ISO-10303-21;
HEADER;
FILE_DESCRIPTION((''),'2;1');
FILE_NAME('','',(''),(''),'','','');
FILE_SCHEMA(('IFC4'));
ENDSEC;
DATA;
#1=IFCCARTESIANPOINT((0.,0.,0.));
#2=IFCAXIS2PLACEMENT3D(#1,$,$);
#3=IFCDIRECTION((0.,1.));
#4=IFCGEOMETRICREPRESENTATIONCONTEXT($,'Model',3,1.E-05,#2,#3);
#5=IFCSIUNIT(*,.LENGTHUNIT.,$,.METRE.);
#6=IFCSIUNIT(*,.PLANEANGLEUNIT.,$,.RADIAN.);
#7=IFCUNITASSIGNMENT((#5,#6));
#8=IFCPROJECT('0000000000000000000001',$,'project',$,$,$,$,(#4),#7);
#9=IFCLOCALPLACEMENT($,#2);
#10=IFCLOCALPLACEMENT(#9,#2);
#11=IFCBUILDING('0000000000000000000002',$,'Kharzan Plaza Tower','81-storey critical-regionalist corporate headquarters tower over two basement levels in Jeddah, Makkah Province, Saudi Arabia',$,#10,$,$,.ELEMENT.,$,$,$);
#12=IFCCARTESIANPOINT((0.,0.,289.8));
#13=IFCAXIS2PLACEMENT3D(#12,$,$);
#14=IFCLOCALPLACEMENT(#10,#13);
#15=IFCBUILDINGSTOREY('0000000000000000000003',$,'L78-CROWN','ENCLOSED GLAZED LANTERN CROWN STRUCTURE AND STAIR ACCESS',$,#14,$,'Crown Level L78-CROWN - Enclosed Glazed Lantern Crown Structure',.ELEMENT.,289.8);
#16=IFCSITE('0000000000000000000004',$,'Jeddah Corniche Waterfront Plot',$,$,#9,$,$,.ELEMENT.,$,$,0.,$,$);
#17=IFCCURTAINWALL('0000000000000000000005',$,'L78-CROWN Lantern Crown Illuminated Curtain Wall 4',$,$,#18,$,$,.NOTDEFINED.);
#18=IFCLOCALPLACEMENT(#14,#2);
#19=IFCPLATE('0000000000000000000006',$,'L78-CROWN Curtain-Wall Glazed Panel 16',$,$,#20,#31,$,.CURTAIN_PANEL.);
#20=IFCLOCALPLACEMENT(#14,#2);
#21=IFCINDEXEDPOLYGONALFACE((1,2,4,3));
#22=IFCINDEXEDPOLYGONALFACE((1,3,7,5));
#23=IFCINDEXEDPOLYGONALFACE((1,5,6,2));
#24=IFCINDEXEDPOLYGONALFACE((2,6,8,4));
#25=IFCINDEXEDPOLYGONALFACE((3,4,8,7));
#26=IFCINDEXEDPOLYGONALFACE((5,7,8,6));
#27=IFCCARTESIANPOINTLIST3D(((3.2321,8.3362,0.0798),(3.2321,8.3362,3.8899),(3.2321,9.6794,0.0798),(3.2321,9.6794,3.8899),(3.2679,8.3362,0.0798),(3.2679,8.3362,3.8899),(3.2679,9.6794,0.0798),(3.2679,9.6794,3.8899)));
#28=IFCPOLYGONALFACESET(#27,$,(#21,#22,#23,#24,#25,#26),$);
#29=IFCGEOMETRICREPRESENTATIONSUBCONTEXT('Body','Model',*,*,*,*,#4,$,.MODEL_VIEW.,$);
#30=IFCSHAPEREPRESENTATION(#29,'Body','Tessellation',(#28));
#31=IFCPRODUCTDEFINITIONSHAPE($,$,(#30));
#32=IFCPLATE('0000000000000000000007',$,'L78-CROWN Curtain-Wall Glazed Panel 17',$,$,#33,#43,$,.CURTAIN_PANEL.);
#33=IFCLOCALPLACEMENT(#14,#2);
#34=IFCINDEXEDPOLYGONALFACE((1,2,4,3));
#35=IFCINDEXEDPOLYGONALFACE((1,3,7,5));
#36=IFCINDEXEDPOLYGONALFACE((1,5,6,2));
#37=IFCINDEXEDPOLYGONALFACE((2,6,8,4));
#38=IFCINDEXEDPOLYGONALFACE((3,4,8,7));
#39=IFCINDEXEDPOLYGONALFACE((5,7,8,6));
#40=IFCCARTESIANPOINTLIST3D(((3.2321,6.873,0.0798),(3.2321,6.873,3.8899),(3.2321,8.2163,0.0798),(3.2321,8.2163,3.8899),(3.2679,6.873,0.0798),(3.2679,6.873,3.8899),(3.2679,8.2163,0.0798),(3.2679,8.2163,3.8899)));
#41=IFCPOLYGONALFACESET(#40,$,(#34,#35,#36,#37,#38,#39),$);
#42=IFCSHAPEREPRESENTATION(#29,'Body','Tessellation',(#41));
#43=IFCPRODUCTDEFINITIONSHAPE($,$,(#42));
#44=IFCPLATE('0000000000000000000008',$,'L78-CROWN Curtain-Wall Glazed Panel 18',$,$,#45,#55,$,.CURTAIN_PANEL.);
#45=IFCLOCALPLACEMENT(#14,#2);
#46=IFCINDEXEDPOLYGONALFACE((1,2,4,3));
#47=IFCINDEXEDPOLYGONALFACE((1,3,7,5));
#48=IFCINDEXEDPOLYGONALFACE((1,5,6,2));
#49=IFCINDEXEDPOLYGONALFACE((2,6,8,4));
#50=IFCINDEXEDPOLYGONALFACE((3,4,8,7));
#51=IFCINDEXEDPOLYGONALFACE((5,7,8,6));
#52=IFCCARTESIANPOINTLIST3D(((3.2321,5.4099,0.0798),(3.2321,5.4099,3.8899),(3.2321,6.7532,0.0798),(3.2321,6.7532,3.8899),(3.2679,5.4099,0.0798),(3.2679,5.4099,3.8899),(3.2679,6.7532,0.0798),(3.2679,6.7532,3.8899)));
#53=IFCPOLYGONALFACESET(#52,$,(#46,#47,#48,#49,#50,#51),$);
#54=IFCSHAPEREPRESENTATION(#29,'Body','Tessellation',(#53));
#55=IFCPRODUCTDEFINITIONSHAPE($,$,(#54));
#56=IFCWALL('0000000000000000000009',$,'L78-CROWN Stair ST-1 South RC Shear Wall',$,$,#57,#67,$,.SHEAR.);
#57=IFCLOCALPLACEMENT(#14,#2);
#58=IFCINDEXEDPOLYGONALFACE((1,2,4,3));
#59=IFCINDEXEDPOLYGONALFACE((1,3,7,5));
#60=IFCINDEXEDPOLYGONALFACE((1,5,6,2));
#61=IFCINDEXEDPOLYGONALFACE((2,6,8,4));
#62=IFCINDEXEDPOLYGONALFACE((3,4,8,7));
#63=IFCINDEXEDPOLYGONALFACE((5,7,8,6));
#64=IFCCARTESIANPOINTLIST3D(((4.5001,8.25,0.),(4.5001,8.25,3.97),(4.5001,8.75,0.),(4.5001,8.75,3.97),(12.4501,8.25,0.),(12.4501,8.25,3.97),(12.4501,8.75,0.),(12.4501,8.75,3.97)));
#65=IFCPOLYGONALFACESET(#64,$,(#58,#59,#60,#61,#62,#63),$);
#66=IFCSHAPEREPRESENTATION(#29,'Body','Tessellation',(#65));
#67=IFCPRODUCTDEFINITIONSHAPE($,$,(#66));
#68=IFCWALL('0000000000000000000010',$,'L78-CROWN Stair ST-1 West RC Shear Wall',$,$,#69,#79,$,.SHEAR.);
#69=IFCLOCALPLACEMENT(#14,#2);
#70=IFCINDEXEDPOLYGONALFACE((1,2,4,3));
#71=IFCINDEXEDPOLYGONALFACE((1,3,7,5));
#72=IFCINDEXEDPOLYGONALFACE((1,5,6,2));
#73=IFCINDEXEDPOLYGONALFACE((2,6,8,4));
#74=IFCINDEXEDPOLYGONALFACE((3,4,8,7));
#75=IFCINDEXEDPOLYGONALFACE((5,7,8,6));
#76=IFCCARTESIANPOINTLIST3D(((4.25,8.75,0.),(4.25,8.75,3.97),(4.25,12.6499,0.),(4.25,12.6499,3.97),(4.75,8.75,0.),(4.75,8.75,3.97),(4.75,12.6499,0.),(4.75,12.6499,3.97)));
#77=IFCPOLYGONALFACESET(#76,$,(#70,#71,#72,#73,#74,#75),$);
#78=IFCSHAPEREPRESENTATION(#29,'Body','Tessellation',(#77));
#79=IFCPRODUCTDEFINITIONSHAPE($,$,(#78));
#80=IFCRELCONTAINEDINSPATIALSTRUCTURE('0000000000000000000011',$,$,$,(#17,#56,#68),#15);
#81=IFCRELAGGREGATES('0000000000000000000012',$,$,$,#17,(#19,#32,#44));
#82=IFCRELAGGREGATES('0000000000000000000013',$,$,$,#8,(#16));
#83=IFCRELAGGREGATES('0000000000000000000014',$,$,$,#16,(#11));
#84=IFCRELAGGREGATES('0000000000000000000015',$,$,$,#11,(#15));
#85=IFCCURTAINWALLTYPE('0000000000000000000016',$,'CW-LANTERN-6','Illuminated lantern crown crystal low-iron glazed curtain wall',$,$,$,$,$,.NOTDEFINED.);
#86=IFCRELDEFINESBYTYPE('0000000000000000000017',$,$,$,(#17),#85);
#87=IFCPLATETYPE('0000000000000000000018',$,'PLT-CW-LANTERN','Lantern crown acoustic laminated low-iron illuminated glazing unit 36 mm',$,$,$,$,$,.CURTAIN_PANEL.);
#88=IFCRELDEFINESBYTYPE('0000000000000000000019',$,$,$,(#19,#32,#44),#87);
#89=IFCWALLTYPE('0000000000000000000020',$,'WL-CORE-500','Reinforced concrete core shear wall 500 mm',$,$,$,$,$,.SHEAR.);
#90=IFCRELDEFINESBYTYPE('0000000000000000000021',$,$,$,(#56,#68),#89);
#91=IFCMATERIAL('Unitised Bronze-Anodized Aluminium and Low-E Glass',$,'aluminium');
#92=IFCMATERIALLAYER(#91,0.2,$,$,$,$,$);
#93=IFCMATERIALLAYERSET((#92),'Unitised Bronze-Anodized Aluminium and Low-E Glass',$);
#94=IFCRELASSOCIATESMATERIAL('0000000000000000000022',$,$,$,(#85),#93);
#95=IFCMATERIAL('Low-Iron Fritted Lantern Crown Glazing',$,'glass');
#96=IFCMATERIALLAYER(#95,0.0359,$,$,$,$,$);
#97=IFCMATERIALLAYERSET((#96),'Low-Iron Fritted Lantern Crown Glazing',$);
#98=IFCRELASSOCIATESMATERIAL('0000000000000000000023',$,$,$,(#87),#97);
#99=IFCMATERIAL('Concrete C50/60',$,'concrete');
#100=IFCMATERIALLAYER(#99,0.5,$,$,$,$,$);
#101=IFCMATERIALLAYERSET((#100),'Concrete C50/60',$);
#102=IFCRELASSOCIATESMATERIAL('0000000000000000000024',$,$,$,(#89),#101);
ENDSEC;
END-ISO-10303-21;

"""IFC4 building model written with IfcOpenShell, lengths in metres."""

from ifc_helpers import new_model, si_unit, direction, frame, frame_2d, origin, origin_2d, place, context, subcontext, project, spatial, rectangle, extrude, source, transform, mapped, material, layer, layer_set, type_object, element, aggregate, save


model = new_model("IFC4")

# Units and contexts
model_context = context("Model", 3, precision=1e-05, world=origin(), true_north=direction((0.0, 1.0)))
body_context = subcontext(model_context, "Body", "Model", "MODEL_VIEW")
ifc_project = project(units=[si_unit("LENGTHUNIT", "METRE"), si_unit("PLANEANGLEUNIT", "RADIAN")], contexts=[model_context])

# Site, building, storey
site_placement = place(None, origin())
site = spatial("IfcSite", under=ifc_project, at=site_placement, Name="Jeddah Corniche Waterfront Plot", CompositionType="ELEMENT", RefElevation=0.0)
building_placement = place(site_placement, origin())
building = spatial("IfcBuilding", under=site, at=building_placement, Name="Kharzan Plaza Tower", Description="81-storey critical-regionalist corporate headquarters tower over two basement levels in Jeddah, Makkah Province, Saudi Arabia", CompositionType="ELEMENT")
storey_placement = place(building_placement, frame((0.0, 0.0, 289.8)))
storey = spatial("IfcBuildingStorey", under=building, at=storey_placement, Name="L78-CROWN", Description="ENCLOSED GLAZED LANTERN CROWN STRUCTURE AND STAIR ACCESS", LongName="Crown Level L78-CROWN - Enclosed Glazed Lantern Crown Structure", CompositionType="ELEMENT", Elevation=289.8)

# Curtain wall
ifc_material_1 = material(Name="Unitised Bronze-Anodized Aluminium and Low-E Glass", Category="aluminium")
ifc_layer_1 = layer(ifc_material_1, 0.2)
ifc_layer_set_1 = layer_set([ifc_layer_1], Name="Unitised Bronze-Anodized Aluminium and Low-E Glass")
curtain_wall_type = type_object("IfcCurtainWallType", Name="CW-LANTERN-6", Description="Illuminated lantern crown crystal low-iron glazed curtain wall", PredefinedType="NOTDEFINED", material=ifc_layer_set_1)
curtain_wall_1_placement = place(storey_placement, origin())
curtain_wall_1 = element("IfcCurtainWall", 1, at=curtain_wall_1_placement, inside=storey, type_object=curtain_wall_type, Name="L78-CROWN Lantern Crown Illuminated Curtain Wall 4", PredefinedType="NOTDEFINED")

# Plates
ifc_material_2 = material(Name="Low-Iron Fritted Lantern Crown Glazing", Category="glass")
ifc_layer_2 = layer(ifc_material_2, 0.0359)
ifc_layer_set_2 = layer_set([ifc_layer_2], Name="Low-Iron Fritted Lantern Crown Glazing")
plate_type = type_object("IfcPlateType", Name="PLT-CW-LANTERN", Description="Lantern crown acoustic laminated low-iron illuminated glazing unit 36 mm", PredefinedType="CURTAIN_PANEL", material=ifc_layer_set_2)
shared_shape_1 = source(origin(), body_context, "Body", "SweptSolid", [
    extrude(rectangle(XDim=1.3433, YDim=0.0359, at=origin_2d()), origin(), (0.0, 0.0, 1.0), 3.8101),
])
plate_1_placement = place(storey_placement, frame((3.25, 9.0078, 0.0798), z_axis=(0.0, 0.0, 1.0), x_axis=(0.0, -1.0, 0.0)))
plate_1 = element("IfcPlate", 2, at=plate_1_placement, type_object=plate_type, Name="L78-CROWN Curtain-Wall Glazed Panel 16", PredefinedType="CURTAIN_PANEL", context=body_context, shape_type="MappedRepresentation", body=[
    mapped(shared_shape_1, transform((0.0, 0.0, 0.0), x_axis=(1.0, 0.0, 0.0), y_axis=(0.0, 1.0, 0.0), z_axis=(0.0, 0.0, 1.0))),
])
plate_2_placement = place(storey_placement, frame((3.25, 7.5447, 0.0798), z_axis=(0.0, 0.0, 1.0), x_axis=(0.0, -1.0, 0.0)))
plate_2 = element("IfcPlate", 3, at=plate_2_placement, type_object=plate_type, Name="L78-CROWN Curtain-Wall Glazed Panel 17", PredefinedType="CURTAIN_PANEL", context=body_context, shape_type="MappedRepresentation", body=[
    mapped(shared_shape_1, transform((0.0, 0.0, 0.0), x_axis=(1.0, 0.0, 0.0), y_axis=(0.0, 1.0, 0.0), z_axis=(0.0, 0.0, 1.0))),
])
plate_3_placement = place(storey_placement, frame((3.25, 6.0815, 0.0798), z_axis=(0.0, 0.0, 1.0), x_axis=(0.0, -1.0, 0.0)))
plate_3 = element("IfcPlate", 4, at=plate_3_placement, type_object=plate_type, Name="L78-CROWN Curtain-Wall Glazed Panel 18", PredefinedType="CURTAIN_PANEL", context=body_context, shape_type="MappedRepresentation", body=[
    mapped(shared_shape_1, transform((0.0, 0.0, 0.0), x_axis=(1.0, 0.0, 0.0), y_axis=(0.0, 1.0, 0.0), z_axis=(0.0, 0.0, 1.0))),
])
aggregate(curtain_wall_1, [plate_1, plate_2, plate_3])

# Walls
ifc_material_3 = material(Name="Concrete C50/60", Category="concrete")
ifc_layer_3 = layer(ifc_material_3, 0.5)
ifc_layer_set_3 = layer_set([ifc_layer_3], Name="Concrete C50/60")
wall_type = type_object("IfcWallType", Name="WL-CORE-500", Description="Reinforced concrete core shear wall 500 mm", PredefinedType="SHEAR", material=ifc_layer_set_3)
shared_shape_2 = source(origin(), body_context, "Body", "SweptSolid", [
    extrude(rectangle(XDim=7.95, YDim=0.5, at=frame_2d((3.9751, 0.0))), origin(), (0.0, 0.0, 1.0), 3.97),
])
wall_1_placement = place(storey_placement, frame((4.5, 8.5, 0.0), z_axis=(0.0, 0.0, 1.0), x_axis=(1.0, 0.0, 0.0)))
element("IfcWall", 5, at=wall_1_placement, inside=storey, type_object=wall_type, Name="L78-CROWN Stair ST-1 South RC Shear Wall", PredefinedType="SHEAR", context=body_context, shape_type="MappedRepresentation", body=[
    mapped(shared_shape_2, transform((0.0, 0.0, 0.0), x_axis=(1.0, 0.0, 0.0), y_axis=(0.0, 1.0, 0.0), z_axis=(0.0, 0.0, 1.0))),
])
shared_shape_3 = source(origin(), body_context, "Body", "SweptSolid", [
    extrude(rectangle(XDim=3.8999, YDim=0.5, at=frame_2d((1.95, 0.0))), origin(), (0.0, 0.0, 1.0), 3.97),
])
wall_2_placement = place(storey_placement, frame((4.5, 8.75, 0.0), z_axis=(0.0, 0.0, 1.0), x_axis=(0.0, 1.0, 0.0)))
element("IfcWall", 6, at=wall_2_placement, inside=storey, type_object=wall_type, Name="L78-CROWN Stair ST-1 West RC Shear Wall", PredefinedType="SHEAR", context=body_context, shape_type="MappedRepresentation", body=[
    mapped(shared_shape_3, transform((0.0, 0.0, 0.0), x_axis=(1.0, 0.0, 0.0), y_axis=(0.0, 1.0, 0.0), z_axis=(0.0, 0.0, 1.0))),
])

save(model, "model.ifc")
